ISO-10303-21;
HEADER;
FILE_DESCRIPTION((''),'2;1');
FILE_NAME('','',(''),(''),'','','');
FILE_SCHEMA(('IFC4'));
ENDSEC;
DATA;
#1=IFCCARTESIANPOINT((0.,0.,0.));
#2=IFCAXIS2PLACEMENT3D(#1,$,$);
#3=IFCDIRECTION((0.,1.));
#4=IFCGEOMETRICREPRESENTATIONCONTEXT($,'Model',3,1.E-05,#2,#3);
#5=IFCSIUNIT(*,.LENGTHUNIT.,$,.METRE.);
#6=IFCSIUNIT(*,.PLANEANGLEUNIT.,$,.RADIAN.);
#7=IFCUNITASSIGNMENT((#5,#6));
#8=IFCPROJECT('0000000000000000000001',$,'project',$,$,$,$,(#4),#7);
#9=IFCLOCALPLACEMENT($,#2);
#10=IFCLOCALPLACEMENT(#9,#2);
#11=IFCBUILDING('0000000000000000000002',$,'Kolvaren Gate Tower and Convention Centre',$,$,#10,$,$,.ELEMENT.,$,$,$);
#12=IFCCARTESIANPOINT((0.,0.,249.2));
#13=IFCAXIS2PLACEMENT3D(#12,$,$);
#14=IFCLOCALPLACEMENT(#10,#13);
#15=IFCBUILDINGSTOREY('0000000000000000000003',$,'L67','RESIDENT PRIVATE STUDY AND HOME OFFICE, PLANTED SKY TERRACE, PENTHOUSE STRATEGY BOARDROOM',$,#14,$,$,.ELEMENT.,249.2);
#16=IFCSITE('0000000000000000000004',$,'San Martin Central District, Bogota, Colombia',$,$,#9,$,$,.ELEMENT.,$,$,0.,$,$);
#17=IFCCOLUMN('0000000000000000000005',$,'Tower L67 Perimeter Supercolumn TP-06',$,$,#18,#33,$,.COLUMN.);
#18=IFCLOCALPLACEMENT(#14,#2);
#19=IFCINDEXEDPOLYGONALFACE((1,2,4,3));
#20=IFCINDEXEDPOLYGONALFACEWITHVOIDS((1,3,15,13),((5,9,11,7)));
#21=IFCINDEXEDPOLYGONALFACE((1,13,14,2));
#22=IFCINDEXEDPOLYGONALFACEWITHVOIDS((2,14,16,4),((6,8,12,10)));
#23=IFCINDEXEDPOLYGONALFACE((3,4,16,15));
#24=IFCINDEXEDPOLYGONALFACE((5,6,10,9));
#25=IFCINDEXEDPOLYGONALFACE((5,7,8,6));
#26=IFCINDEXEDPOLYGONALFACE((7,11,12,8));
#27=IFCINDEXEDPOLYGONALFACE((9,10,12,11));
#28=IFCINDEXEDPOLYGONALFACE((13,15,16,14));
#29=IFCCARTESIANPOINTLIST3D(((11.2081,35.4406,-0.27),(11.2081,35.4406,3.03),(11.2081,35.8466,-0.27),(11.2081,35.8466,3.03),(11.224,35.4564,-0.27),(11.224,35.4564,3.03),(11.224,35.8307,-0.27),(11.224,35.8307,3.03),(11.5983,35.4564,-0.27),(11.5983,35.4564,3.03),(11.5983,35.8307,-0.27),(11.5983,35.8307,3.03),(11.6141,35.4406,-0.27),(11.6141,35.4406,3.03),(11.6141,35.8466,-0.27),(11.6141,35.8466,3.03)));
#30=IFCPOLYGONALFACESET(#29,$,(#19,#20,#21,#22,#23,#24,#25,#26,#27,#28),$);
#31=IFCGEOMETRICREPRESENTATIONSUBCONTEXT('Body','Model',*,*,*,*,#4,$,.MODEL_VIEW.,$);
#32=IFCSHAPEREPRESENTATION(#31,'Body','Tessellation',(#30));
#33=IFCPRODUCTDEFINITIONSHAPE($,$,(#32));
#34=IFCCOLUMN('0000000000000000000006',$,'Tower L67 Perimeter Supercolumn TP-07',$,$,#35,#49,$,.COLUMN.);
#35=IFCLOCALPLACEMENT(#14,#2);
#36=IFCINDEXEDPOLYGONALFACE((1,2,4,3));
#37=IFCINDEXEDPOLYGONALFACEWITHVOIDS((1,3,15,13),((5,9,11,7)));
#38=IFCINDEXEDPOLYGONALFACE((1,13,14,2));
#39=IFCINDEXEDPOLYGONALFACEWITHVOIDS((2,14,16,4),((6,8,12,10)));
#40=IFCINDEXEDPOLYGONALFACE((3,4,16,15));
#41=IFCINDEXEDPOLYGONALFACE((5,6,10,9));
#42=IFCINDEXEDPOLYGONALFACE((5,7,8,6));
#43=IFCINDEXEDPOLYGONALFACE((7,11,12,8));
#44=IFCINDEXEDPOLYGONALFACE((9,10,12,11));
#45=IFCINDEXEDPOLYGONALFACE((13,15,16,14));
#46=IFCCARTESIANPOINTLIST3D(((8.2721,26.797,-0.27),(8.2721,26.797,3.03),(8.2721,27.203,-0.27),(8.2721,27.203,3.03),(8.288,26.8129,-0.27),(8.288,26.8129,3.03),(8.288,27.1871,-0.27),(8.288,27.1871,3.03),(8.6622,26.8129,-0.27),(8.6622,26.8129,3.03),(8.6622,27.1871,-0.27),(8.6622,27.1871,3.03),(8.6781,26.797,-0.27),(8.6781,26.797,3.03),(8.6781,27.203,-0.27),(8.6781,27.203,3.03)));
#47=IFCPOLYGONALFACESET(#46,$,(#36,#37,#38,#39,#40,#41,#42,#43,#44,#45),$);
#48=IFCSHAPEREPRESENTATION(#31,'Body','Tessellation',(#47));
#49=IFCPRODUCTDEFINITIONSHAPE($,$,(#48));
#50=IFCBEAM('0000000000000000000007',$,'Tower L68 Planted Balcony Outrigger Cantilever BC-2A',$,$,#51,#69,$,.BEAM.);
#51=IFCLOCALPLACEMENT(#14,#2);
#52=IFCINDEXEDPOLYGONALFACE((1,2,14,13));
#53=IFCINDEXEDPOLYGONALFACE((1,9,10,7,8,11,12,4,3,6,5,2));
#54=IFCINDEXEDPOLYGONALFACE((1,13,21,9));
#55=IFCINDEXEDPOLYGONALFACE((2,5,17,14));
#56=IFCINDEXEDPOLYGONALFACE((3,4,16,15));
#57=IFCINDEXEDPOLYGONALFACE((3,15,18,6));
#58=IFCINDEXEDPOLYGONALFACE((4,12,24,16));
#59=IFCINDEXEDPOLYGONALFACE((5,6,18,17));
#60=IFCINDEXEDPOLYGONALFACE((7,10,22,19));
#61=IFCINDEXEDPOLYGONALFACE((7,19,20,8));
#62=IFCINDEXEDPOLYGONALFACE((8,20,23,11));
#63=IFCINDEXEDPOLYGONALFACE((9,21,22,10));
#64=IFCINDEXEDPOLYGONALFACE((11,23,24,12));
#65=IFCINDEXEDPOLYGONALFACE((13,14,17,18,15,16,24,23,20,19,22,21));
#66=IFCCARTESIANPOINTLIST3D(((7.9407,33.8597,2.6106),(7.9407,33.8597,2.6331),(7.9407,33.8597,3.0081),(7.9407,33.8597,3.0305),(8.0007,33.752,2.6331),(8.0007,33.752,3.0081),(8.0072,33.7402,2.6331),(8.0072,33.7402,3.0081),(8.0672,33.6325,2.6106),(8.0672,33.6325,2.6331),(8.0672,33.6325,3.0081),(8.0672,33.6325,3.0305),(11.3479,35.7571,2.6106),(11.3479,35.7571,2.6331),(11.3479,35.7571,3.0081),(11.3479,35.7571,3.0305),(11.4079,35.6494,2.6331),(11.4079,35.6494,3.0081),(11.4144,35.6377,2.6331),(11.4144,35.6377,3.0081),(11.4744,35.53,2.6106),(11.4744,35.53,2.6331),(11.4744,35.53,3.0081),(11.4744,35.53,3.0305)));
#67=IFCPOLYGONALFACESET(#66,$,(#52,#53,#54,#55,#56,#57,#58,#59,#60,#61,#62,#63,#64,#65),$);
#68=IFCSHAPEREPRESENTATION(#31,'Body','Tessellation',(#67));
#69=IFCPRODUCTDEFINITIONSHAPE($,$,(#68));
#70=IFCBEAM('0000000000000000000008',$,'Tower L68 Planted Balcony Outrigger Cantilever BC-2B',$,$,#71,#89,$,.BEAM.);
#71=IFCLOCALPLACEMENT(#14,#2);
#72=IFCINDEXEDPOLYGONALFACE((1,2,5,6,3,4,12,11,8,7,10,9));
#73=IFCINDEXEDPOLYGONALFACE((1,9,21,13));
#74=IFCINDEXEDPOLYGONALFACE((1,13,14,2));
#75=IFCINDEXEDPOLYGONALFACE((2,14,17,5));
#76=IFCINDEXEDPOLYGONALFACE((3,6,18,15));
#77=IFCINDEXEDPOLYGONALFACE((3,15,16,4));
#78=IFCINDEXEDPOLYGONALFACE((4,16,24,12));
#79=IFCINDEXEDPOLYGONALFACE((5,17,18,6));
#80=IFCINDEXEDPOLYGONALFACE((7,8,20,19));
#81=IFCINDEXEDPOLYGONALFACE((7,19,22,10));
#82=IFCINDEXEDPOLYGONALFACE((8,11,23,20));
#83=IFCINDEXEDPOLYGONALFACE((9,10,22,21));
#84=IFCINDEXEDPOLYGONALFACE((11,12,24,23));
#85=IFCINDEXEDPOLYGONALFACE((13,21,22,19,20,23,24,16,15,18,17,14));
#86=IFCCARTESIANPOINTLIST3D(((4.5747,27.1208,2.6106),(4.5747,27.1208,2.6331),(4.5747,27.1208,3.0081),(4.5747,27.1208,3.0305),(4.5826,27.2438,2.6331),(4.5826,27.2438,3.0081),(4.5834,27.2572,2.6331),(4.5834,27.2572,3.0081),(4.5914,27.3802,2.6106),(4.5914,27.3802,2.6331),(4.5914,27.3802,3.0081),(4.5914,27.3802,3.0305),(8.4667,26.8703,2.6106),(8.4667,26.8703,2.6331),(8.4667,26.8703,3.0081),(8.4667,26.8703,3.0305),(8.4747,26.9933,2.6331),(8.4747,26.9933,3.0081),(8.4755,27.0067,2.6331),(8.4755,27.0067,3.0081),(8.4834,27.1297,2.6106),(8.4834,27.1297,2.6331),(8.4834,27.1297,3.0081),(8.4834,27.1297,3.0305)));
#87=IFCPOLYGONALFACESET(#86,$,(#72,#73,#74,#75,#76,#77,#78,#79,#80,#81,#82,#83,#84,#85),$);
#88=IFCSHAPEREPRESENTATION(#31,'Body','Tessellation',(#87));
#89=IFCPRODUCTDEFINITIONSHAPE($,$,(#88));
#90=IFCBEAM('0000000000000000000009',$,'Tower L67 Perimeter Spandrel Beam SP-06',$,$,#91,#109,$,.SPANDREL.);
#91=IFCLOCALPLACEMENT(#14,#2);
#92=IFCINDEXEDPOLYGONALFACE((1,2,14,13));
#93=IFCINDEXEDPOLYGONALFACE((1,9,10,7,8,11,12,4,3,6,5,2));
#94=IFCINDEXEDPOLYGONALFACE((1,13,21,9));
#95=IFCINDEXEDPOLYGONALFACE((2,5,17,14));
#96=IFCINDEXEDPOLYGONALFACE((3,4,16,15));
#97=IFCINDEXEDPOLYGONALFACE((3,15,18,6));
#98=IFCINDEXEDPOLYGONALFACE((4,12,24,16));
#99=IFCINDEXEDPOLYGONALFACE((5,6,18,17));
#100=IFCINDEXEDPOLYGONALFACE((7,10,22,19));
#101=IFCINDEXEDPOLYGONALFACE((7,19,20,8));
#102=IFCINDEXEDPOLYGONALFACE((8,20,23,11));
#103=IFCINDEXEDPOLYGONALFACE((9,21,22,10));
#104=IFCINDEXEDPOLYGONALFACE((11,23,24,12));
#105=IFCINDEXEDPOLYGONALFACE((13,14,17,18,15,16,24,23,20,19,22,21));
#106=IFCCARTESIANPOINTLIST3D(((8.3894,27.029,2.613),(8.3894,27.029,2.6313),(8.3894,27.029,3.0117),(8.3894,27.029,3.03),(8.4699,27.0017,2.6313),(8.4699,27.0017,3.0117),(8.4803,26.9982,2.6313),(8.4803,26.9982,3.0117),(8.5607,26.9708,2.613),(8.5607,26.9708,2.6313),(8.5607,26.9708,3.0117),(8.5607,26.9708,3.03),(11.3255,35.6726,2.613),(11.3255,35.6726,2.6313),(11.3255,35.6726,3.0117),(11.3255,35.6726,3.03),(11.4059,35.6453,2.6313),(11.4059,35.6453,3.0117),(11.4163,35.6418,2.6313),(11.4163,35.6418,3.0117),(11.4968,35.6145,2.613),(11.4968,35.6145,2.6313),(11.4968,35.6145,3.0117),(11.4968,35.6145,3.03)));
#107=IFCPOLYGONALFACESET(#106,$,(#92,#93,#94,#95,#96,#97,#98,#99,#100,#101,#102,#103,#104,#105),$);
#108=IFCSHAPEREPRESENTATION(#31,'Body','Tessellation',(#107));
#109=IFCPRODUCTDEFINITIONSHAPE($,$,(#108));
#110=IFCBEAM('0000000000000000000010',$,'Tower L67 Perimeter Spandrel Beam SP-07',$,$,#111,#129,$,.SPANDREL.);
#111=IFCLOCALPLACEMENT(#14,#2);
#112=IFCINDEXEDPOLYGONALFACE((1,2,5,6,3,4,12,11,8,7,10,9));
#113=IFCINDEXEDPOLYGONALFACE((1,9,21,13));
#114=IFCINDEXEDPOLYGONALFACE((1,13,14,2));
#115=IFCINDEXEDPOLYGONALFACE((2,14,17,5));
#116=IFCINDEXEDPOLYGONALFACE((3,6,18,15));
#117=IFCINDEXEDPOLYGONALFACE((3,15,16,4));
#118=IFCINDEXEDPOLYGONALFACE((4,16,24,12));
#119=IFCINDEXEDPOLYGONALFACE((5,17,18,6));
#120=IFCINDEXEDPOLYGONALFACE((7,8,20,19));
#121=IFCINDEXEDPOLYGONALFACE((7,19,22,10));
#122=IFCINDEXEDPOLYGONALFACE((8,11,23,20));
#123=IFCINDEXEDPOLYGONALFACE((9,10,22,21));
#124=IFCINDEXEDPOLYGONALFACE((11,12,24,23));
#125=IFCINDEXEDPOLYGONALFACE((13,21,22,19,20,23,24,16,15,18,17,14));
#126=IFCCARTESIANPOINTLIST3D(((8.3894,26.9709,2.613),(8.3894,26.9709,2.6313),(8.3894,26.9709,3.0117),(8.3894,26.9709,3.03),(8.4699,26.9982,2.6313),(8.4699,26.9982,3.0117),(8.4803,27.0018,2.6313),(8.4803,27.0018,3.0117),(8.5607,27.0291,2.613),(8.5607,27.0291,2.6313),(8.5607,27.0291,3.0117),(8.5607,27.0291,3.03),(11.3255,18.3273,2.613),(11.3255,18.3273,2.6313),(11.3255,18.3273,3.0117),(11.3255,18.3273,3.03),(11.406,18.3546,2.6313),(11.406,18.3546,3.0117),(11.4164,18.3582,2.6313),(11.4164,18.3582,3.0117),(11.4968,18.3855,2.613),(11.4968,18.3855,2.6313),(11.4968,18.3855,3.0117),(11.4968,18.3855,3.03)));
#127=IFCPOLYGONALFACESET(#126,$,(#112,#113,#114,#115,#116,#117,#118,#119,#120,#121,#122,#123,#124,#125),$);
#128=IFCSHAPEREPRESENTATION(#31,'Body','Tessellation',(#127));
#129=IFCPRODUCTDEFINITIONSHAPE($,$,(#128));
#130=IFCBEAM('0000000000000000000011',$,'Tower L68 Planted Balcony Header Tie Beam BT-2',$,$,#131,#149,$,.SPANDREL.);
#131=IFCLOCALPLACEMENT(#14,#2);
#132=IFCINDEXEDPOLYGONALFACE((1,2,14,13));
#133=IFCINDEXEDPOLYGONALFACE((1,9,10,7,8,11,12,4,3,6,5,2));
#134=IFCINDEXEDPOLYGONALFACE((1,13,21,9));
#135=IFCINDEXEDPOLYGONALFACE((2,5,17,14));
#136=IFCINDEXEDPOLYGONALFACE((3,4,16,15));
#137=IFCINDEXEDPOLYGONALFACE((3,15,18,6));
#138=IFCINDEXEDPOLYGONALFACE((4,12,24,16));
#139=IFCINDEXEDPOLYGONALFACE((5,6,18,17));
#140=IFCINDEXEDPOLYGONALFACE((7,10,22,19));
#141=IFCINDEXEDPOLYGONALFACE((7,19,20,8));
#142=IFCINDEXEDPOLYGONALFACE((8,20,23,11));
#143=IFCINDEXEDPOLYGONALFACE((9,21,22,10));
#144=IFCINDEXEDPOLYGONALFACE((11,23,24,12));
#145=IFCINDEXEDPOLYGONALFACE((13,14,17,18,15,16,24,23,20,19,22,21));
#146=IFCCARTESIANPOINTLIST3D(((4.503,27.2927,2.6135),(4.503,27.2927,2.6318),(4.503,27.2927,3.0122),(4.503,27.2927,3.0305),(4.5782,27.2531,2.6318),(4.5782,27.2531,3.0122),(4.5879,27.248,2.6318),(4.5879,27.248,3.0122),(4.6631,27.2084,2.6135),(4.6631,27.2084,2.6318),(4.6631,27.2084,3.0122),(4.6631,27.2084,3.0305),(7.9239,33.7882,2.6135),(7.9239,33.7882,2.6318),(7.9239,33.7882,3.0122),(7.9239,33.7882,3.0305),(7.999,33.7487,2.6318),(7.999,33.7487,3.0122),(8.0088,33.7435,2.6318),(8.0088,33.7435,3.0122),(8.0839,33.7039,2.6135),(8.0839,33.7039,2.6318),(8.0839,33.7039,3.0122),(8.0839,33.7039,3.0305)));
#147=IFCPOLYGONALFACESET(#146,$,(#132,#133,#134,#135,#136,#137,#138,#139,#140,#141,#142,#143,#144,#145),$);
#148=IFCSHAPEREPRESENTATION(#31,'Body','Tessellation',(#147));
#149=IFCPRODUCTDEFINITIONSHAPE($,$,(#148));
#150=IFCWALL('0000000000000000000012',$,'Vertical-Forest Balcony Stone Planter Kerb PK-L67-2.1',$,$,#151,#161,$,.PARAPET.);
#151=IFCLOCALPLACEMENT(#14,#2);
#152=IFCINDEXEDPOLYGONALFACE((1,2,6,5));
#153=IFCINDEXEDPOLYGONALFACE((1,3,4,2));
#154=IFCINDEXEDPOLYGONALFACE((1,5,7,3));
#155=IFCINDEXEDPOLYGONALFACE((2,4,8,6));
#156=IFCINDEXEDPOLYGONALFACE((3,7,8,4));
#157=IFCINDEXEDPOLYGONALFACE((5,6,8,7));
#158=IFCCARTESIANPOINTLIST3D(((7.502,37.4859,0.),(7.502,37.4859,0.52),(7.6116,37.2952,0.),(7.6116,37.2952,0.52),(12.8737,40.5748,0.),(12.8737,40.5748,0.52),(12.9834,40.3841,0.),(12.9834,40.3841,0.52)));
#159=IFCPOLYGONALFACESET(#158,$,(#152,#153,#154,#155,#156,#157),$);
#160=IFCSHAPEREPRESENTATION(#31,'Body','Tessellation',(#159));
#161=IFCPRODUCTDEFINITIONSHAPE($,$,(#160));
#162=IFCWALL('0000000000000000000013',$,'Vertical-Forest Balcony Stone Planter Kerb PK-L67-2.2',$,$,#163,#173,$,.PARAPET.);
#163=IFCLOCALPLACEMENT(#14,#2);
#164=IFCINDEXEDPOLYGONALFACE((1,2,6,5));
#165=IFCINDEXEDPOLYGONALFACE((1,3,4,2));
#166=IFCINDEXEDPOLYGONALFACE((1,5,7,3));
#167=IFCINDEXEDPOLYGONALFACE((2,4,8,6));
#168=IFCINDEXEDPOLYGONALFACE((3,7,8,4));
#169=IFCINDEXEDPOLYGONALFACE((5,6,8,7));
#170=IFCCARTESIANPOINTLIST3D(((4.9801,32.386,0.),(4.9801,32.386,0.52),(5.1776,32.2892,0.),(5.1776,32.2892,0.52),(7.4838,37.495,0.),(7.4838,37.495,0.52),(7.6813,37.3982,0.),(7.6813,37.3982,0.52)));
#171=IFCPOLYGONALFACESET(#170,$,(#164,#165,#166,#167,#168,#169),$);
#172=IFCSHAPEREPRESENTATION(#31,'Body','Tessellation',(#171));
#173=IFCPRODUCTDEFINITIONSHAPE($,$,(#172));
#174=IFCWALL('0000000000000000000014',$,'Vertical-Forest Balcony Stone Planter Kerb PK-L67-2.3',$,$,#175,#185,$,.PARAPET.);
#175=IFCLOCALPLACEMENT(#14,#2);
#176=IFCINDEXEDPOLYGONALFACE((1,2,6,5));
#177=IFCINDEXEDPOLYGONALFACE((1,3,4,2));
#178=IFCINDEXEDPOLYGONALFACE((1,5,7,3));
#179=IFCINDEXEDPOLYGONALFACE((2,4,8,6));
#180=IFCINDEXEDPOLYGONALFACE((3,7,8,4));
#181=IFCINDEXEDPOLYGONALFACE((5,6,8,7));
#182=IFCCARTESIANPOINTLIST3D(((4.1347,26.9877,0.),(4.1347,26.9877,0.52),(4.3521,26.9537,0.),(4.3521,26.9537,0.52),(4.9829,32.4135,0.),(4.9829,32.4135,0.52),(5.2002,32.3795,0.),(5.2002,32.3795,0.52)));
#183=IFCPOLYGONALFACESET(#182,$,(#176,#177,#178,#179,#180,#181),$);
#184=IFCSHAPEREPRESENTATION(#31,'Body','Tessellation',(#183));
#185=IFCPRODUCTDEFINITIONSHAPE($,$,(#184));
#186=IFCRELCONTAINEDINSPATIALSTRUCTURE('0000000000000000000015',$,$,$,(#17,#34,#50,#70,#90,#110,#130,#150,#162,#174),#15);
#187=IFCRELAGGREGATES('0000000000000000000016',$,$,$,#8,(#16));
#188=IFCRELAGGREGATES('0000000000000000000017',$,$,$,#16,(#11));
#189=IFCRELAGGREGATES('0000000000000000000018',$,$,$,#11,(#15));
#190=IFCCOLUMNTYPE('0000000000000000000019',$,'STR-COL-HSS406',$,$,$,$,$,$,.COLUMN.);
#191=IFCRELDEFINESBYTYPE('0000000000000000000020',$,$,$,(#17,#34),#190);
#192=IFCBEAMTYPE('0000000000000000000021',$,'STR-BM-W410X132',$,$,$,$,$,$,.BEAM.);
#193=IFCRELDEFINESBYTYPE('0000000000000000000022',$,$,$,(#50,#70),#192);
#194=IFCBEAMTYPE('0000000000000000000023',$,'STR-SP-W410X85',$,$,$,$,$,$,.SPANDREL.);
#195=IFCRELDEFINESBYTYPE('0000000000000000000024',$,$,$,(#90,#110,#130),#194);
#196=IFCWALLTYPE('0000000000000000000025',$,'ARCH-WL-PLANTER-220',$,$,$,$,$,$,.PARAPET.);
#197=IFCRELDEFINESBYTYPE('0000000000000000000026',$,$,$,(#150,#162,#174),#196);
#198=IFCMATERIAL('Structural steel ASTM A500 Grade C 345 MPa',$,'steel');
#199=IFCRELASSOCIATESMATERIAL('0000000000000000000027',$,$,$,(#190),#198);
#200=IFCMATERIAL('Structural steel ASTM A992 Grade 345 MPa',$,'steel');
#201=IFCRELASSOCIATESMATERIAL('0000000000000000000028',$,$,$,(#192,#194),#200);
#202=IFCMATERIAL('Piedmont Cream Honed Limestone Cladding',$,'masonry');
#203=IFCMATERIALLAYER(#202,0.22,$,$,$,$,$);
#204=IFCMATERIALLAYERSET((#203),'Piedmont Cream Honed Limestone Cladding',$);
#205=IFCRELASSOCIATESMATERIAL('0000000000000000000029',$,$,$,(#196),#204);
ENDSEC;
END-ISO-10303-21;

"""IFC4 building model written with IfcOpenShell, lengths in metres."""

from ifc_helpers import new_model, si_unit, direction, frame, frame_2d, origin, origin_2d, place, context, subcontext, project, spatial, rectangle, hollow_rectangle, i_section, extrude, material, layer, layer_set, material_profile, profile_set, type_object, element, save


model = new_model("IFC4")

# Units and contexts
model_context = context("Model", 3, precision=1e-05, world=origin(), true_north=direction((0.0, 1.0)))
body_context = subcontext(model_context, "Body", "Model", "MODEL_VIEW")
ifc_project = project(units=[si_unit("LENGTHUNIT", "METRE"), si_unit("PLANEANGLEUNIT", "RADIAN")], contexts=[model_context])

# Site, building, storey
site_placement = place(None, origin())
site = spatial("IfcSite", under=ifc_project, at=site_placement, Name="San Martin Central District, Bogota, Colombia", CompositionType="ELEMENT", RefElevation=0.0)
building_placement = place(site_placement, origin())
building = spatial("IfcBuilding", under=site, at=building_placement, Name="Kolvaren Gate Tower and Convention Centre", CompositionType="ELEMENT")
storey_placement = place(building_placement, frame((0.0, 0.0, 249.2)))
storey = spatial("IfcBuildingStorey", under=building, at=storey_placement, Name="L67", Description="RESIDENT PRIVATE STUDY AND HOME OFFICE, PLANTED SKY TERRACE, PENTHOUSE STRATEGY BOARDROOM", CompositionType="ELEMENT", Elevation=249.2)

# Columns
ifc_material_1 = material(Name="Structural steel ASTM A500 Grade C 345 MPa", Category="steel")
ifc_material_profile_1 = material_profile(ifc_material_1, hollow_rectangle(XDim=0.406, YDim=0.406, WallThickness=0.0159, at=origin_2d()), Name="HSS406X406X15.9")
ifc_profile_set_1 = profile_set([ifc_material_profile_1], Name="Structural steel ASTM A500 Grade C 345 MPa")
column_type = type_object("IfcColumnType", Name="STR-COL-HSS406", PredefinedType="COLUMN", material=ifc_profile_set_1)
for number, where, z_axis, x_axis, name in (
    (1, (11.4111, 35.6436, -0.27), (0.0, 0.0, 1.0), (1.0, 0.0, 0.0), "Tower L67 Perimeter Supercolumn TP-06"),
    (2, (8.4751, 27.0, -0.27), (0.0, 0.0, 1.0), (1.0, 0.0, 0.0), "Tower L67 Perimeter Supercolumn TP-07"),
):
    element("IfcColumn", number, at=place(storey_placement, frame(where, z_axis=z_axis, x_axis=x_axis)), inside=storey, type_object=column_type, Name=name, PredefinedType="COLUMN", context=body_context, shape_type="SweptSolid", body=[
        extrude(hollow_rectangle(XDim=0.406, YDim=0.406, WallThickness=0.0159, at=origin_2d()), origin(), (0.0, 0.0, 1.0), 3.3),
    ])

# Beams
ifc_material_2 = material(Name="Structural steel ASTM A992 Grade 345 MPa", Category="steel")
ifc_material_profile_2 = material_profile(ifc_material_2, i_section(OverallWidth=0.26, OverallDepth=0.4199, WebThickness=0.0134, FlangeThickness=0.0225, at=origin_2d()), Name="W410X132")
ifc_profile_set_2 = profile_set([ifc_material_profile_2], Name="Structural steel ASTM A992 Grade 345 MPa")
beam_type_1 = type_object("IfcBeamType", Name="STR-BM-W410X132", PredefinedType="BEAM", material=ifc_profile_set_2)
beam_1_placement = place(storey_placement, frame((11.4111, 35.6436, 2.8206), z_axis=(-0.873661, -0.486536, 0.0), x_axis=(0.486536, -0.873661, 0.0)))
element("IfcBeam", 3, at=beam_1_placement, inside=storey, type_object=beam_type_1, Name="Tower L68 Planted Balcony Outrigger Cantilever BC-2A", PredefinedType="BEAM", context=body_context, shape_type="SweptSolid", body=[
    extrude(i_section(OverallWidth=0.26, OverallDepth=0.4199, WebThickness=0.0134, FlangeThickness=0.0225, at=origin_2d()), origin(), (0.0, 0.0, 1.0), 3.8999),
])
beam_2_placement = place(storey_placement, frame((8.4751, 27.0, 2.8206), z_axis=(-0.997935, 0.064225, 0.0), x_axis=(-0.064225, -0.997935, 0.0)))
element("IfcBeam", 4, at=beam_2_placement, inside=storey, type_object=beam_type_1, Name="Tower L68 Planted Balcony Outrigger Cantilever BC-2B", PredefinedType="BEAM", context=body_context, shape_type="SweptSolid", body=[
    extrude(i_section(OverallWidth=0.26, OverallDepth=0.4199, WebThickness=0.0134, FlangeThickness=0.0225, at=origin_2d()), origin(), (0.0, 0.0, 1.0), 3.9001),
])
ifc_material_profile_3 = material_profile(ifc_material_2, i_section(OverallWidth=0.1809, OverallDepth=0.417, WebThickness=0.011, FlangeThickness=0.0183, at=origin_2d()), Name="W410X85")
ifc_profile_set_3 = profile_set([ifc_material_profile_3], Name="Structural steel ASTM A992 Grade 345 MPa")
beam_type_2 = type_object("IfcBeamType", Name="STR-SP-W410X85", PredefinedType="SPANDREL", material=ifc_profile_set_3)
for number, where, z_axis, x_axis, name in (
    (5, (11.4111, 35.6436, 2.8215), (-0.32163, -0.946865, 0.0), (0.946865, -0.32163, 0.0), "Tower L67 Perimeter Spandrel Beam SP-06"),
    (6, (8.4751, 27.0, 2.8215), (0.32163, -0.946865, 0.0), (0.946865, 0.32163, 0.0), "Tower L67 Perimeter Spandrel Beam SP-07"),
):
    element("IfcBeam", number, at=place(storey_placement, frame(where, z_axis=z_axis, x_axis=x_axis)), inside=storey, type_object=beam_type_2, Name=name, PredefinedType="SPANDREL", context=body_context, shape_type="SweptSolid", body=[
        extrude(i_section(OverallWidth=0.1809, OverallDepth=0.417, WebThickness=0.011, FlangeThickness=0.0183, at=origin_2d()), origin(), (0.0, 0.0, 1.0), 9.1287),
    ])
beam_3_placement = place(storey_placement, frame((8.0039, 33.7461, 2.822), z_axis=(-0.465977, -0.884797, 0.0), x_axis=(0.884797, -0.465977, 0.0)))
element("IfcBeam", 7, at=beam_3_placement, inside=storey, type_object=beam_type_2, Name="Tower L68 Planted Balcony Header Tie Beam BT-2", PredefinedType="SPANDREL", context=body_context, shape_type="SweptSolid", body=[
    extrude(i_section(OverallWidth=0.1809, OverallDepth=0.417, WebThickness=0.011, FlangeThickness=0.0183, at=origin_2d()), origin(), (0.0, 0.0, 1.0), 7.3413),
])

# Walls
ifc_material_3 = material(Name="Piedmont Cream Honed Limestone Cladding", Category="masonry")
ifc_layer_1 = layer(ifc_material_3, 0.22)
ifc_layer_set_1 = layer_set([ifc_layer_1], Name="Piedmont Cream Honed Limestone Cladding")
wall_type_1 = type_object("IfcWallType", Name="ARCH-WL-PLANTER-220", PredefinedType="PARAPET", material=ifc_layer_set_1)
wall_1_placement = place(storey_placement, frame((7.5569, 37.3906, 0.0), z_axis=(0.0, 0.0, 1.0), x_axis=(0.866902, 0.498479, 0.0)))
element("IfcWall", 8, at=wall_1_placement, inside=storey, type_object=wall_type_1, Name="Vertical-Forest Balcony Stone Planter Kerb PK-L67-2.1", PredefinedType="PARAPET", context=body_context, shape_type="SweptSolid", body=[
    extrude(rectangle(XDim=6.1965, YDim=0.22, at=frame_2d((3.0981, 0.0))), origin(), (0.0, 0.0, 1.0), 0.52),
])
wall_2_placement = place(storey_placement, frame((5.0789, 32.3376, 0.0), z_axis=(0.0, 0.0, 1.0), x_axis=(0.440059, 0.897969, 0.0)))
element("IfcWall", 9, at=wall_2_placement, inside=storey, type_object=wall_type_1, Name="Vertical-Forest Balcony Stone Planter Kerb PK-L67-2.2", PredefinedType="PARAPET", context=body_context, shape_type="SweptSolid", body=[
    extrude(rectangle(XDim=5.6895, YDim=0.22, at=frame_2d((2.8447, 0.0))), origin(), (0.0, 0.0, 1.0), 0.52),
])
wall_3_placement = place(storey_placement, frame((4.2434, 26.9707, 0.0), z_axis=(0.0, 0.0, 1.0), x_axis=(0.154442, 0.988002, 0.0)))
element("IfcWall", 10, at=wall_3_placement, inside=storey, type_object=wall_type_1, Name="Vertical-Forest Balcony Stone Planter Kerb PK-L67-2.3", PredefinedType="PARAPET", context=body_context, shape_type="SweptSolid", body=[
    extrude(rectangle(XDim=5.4917, YDim=0.22, at=frame_2d((2.7458, 0.0))), origin(), (0.0, 0.0, 1.0), 0.52),
])

save(model, "model.ifc")
